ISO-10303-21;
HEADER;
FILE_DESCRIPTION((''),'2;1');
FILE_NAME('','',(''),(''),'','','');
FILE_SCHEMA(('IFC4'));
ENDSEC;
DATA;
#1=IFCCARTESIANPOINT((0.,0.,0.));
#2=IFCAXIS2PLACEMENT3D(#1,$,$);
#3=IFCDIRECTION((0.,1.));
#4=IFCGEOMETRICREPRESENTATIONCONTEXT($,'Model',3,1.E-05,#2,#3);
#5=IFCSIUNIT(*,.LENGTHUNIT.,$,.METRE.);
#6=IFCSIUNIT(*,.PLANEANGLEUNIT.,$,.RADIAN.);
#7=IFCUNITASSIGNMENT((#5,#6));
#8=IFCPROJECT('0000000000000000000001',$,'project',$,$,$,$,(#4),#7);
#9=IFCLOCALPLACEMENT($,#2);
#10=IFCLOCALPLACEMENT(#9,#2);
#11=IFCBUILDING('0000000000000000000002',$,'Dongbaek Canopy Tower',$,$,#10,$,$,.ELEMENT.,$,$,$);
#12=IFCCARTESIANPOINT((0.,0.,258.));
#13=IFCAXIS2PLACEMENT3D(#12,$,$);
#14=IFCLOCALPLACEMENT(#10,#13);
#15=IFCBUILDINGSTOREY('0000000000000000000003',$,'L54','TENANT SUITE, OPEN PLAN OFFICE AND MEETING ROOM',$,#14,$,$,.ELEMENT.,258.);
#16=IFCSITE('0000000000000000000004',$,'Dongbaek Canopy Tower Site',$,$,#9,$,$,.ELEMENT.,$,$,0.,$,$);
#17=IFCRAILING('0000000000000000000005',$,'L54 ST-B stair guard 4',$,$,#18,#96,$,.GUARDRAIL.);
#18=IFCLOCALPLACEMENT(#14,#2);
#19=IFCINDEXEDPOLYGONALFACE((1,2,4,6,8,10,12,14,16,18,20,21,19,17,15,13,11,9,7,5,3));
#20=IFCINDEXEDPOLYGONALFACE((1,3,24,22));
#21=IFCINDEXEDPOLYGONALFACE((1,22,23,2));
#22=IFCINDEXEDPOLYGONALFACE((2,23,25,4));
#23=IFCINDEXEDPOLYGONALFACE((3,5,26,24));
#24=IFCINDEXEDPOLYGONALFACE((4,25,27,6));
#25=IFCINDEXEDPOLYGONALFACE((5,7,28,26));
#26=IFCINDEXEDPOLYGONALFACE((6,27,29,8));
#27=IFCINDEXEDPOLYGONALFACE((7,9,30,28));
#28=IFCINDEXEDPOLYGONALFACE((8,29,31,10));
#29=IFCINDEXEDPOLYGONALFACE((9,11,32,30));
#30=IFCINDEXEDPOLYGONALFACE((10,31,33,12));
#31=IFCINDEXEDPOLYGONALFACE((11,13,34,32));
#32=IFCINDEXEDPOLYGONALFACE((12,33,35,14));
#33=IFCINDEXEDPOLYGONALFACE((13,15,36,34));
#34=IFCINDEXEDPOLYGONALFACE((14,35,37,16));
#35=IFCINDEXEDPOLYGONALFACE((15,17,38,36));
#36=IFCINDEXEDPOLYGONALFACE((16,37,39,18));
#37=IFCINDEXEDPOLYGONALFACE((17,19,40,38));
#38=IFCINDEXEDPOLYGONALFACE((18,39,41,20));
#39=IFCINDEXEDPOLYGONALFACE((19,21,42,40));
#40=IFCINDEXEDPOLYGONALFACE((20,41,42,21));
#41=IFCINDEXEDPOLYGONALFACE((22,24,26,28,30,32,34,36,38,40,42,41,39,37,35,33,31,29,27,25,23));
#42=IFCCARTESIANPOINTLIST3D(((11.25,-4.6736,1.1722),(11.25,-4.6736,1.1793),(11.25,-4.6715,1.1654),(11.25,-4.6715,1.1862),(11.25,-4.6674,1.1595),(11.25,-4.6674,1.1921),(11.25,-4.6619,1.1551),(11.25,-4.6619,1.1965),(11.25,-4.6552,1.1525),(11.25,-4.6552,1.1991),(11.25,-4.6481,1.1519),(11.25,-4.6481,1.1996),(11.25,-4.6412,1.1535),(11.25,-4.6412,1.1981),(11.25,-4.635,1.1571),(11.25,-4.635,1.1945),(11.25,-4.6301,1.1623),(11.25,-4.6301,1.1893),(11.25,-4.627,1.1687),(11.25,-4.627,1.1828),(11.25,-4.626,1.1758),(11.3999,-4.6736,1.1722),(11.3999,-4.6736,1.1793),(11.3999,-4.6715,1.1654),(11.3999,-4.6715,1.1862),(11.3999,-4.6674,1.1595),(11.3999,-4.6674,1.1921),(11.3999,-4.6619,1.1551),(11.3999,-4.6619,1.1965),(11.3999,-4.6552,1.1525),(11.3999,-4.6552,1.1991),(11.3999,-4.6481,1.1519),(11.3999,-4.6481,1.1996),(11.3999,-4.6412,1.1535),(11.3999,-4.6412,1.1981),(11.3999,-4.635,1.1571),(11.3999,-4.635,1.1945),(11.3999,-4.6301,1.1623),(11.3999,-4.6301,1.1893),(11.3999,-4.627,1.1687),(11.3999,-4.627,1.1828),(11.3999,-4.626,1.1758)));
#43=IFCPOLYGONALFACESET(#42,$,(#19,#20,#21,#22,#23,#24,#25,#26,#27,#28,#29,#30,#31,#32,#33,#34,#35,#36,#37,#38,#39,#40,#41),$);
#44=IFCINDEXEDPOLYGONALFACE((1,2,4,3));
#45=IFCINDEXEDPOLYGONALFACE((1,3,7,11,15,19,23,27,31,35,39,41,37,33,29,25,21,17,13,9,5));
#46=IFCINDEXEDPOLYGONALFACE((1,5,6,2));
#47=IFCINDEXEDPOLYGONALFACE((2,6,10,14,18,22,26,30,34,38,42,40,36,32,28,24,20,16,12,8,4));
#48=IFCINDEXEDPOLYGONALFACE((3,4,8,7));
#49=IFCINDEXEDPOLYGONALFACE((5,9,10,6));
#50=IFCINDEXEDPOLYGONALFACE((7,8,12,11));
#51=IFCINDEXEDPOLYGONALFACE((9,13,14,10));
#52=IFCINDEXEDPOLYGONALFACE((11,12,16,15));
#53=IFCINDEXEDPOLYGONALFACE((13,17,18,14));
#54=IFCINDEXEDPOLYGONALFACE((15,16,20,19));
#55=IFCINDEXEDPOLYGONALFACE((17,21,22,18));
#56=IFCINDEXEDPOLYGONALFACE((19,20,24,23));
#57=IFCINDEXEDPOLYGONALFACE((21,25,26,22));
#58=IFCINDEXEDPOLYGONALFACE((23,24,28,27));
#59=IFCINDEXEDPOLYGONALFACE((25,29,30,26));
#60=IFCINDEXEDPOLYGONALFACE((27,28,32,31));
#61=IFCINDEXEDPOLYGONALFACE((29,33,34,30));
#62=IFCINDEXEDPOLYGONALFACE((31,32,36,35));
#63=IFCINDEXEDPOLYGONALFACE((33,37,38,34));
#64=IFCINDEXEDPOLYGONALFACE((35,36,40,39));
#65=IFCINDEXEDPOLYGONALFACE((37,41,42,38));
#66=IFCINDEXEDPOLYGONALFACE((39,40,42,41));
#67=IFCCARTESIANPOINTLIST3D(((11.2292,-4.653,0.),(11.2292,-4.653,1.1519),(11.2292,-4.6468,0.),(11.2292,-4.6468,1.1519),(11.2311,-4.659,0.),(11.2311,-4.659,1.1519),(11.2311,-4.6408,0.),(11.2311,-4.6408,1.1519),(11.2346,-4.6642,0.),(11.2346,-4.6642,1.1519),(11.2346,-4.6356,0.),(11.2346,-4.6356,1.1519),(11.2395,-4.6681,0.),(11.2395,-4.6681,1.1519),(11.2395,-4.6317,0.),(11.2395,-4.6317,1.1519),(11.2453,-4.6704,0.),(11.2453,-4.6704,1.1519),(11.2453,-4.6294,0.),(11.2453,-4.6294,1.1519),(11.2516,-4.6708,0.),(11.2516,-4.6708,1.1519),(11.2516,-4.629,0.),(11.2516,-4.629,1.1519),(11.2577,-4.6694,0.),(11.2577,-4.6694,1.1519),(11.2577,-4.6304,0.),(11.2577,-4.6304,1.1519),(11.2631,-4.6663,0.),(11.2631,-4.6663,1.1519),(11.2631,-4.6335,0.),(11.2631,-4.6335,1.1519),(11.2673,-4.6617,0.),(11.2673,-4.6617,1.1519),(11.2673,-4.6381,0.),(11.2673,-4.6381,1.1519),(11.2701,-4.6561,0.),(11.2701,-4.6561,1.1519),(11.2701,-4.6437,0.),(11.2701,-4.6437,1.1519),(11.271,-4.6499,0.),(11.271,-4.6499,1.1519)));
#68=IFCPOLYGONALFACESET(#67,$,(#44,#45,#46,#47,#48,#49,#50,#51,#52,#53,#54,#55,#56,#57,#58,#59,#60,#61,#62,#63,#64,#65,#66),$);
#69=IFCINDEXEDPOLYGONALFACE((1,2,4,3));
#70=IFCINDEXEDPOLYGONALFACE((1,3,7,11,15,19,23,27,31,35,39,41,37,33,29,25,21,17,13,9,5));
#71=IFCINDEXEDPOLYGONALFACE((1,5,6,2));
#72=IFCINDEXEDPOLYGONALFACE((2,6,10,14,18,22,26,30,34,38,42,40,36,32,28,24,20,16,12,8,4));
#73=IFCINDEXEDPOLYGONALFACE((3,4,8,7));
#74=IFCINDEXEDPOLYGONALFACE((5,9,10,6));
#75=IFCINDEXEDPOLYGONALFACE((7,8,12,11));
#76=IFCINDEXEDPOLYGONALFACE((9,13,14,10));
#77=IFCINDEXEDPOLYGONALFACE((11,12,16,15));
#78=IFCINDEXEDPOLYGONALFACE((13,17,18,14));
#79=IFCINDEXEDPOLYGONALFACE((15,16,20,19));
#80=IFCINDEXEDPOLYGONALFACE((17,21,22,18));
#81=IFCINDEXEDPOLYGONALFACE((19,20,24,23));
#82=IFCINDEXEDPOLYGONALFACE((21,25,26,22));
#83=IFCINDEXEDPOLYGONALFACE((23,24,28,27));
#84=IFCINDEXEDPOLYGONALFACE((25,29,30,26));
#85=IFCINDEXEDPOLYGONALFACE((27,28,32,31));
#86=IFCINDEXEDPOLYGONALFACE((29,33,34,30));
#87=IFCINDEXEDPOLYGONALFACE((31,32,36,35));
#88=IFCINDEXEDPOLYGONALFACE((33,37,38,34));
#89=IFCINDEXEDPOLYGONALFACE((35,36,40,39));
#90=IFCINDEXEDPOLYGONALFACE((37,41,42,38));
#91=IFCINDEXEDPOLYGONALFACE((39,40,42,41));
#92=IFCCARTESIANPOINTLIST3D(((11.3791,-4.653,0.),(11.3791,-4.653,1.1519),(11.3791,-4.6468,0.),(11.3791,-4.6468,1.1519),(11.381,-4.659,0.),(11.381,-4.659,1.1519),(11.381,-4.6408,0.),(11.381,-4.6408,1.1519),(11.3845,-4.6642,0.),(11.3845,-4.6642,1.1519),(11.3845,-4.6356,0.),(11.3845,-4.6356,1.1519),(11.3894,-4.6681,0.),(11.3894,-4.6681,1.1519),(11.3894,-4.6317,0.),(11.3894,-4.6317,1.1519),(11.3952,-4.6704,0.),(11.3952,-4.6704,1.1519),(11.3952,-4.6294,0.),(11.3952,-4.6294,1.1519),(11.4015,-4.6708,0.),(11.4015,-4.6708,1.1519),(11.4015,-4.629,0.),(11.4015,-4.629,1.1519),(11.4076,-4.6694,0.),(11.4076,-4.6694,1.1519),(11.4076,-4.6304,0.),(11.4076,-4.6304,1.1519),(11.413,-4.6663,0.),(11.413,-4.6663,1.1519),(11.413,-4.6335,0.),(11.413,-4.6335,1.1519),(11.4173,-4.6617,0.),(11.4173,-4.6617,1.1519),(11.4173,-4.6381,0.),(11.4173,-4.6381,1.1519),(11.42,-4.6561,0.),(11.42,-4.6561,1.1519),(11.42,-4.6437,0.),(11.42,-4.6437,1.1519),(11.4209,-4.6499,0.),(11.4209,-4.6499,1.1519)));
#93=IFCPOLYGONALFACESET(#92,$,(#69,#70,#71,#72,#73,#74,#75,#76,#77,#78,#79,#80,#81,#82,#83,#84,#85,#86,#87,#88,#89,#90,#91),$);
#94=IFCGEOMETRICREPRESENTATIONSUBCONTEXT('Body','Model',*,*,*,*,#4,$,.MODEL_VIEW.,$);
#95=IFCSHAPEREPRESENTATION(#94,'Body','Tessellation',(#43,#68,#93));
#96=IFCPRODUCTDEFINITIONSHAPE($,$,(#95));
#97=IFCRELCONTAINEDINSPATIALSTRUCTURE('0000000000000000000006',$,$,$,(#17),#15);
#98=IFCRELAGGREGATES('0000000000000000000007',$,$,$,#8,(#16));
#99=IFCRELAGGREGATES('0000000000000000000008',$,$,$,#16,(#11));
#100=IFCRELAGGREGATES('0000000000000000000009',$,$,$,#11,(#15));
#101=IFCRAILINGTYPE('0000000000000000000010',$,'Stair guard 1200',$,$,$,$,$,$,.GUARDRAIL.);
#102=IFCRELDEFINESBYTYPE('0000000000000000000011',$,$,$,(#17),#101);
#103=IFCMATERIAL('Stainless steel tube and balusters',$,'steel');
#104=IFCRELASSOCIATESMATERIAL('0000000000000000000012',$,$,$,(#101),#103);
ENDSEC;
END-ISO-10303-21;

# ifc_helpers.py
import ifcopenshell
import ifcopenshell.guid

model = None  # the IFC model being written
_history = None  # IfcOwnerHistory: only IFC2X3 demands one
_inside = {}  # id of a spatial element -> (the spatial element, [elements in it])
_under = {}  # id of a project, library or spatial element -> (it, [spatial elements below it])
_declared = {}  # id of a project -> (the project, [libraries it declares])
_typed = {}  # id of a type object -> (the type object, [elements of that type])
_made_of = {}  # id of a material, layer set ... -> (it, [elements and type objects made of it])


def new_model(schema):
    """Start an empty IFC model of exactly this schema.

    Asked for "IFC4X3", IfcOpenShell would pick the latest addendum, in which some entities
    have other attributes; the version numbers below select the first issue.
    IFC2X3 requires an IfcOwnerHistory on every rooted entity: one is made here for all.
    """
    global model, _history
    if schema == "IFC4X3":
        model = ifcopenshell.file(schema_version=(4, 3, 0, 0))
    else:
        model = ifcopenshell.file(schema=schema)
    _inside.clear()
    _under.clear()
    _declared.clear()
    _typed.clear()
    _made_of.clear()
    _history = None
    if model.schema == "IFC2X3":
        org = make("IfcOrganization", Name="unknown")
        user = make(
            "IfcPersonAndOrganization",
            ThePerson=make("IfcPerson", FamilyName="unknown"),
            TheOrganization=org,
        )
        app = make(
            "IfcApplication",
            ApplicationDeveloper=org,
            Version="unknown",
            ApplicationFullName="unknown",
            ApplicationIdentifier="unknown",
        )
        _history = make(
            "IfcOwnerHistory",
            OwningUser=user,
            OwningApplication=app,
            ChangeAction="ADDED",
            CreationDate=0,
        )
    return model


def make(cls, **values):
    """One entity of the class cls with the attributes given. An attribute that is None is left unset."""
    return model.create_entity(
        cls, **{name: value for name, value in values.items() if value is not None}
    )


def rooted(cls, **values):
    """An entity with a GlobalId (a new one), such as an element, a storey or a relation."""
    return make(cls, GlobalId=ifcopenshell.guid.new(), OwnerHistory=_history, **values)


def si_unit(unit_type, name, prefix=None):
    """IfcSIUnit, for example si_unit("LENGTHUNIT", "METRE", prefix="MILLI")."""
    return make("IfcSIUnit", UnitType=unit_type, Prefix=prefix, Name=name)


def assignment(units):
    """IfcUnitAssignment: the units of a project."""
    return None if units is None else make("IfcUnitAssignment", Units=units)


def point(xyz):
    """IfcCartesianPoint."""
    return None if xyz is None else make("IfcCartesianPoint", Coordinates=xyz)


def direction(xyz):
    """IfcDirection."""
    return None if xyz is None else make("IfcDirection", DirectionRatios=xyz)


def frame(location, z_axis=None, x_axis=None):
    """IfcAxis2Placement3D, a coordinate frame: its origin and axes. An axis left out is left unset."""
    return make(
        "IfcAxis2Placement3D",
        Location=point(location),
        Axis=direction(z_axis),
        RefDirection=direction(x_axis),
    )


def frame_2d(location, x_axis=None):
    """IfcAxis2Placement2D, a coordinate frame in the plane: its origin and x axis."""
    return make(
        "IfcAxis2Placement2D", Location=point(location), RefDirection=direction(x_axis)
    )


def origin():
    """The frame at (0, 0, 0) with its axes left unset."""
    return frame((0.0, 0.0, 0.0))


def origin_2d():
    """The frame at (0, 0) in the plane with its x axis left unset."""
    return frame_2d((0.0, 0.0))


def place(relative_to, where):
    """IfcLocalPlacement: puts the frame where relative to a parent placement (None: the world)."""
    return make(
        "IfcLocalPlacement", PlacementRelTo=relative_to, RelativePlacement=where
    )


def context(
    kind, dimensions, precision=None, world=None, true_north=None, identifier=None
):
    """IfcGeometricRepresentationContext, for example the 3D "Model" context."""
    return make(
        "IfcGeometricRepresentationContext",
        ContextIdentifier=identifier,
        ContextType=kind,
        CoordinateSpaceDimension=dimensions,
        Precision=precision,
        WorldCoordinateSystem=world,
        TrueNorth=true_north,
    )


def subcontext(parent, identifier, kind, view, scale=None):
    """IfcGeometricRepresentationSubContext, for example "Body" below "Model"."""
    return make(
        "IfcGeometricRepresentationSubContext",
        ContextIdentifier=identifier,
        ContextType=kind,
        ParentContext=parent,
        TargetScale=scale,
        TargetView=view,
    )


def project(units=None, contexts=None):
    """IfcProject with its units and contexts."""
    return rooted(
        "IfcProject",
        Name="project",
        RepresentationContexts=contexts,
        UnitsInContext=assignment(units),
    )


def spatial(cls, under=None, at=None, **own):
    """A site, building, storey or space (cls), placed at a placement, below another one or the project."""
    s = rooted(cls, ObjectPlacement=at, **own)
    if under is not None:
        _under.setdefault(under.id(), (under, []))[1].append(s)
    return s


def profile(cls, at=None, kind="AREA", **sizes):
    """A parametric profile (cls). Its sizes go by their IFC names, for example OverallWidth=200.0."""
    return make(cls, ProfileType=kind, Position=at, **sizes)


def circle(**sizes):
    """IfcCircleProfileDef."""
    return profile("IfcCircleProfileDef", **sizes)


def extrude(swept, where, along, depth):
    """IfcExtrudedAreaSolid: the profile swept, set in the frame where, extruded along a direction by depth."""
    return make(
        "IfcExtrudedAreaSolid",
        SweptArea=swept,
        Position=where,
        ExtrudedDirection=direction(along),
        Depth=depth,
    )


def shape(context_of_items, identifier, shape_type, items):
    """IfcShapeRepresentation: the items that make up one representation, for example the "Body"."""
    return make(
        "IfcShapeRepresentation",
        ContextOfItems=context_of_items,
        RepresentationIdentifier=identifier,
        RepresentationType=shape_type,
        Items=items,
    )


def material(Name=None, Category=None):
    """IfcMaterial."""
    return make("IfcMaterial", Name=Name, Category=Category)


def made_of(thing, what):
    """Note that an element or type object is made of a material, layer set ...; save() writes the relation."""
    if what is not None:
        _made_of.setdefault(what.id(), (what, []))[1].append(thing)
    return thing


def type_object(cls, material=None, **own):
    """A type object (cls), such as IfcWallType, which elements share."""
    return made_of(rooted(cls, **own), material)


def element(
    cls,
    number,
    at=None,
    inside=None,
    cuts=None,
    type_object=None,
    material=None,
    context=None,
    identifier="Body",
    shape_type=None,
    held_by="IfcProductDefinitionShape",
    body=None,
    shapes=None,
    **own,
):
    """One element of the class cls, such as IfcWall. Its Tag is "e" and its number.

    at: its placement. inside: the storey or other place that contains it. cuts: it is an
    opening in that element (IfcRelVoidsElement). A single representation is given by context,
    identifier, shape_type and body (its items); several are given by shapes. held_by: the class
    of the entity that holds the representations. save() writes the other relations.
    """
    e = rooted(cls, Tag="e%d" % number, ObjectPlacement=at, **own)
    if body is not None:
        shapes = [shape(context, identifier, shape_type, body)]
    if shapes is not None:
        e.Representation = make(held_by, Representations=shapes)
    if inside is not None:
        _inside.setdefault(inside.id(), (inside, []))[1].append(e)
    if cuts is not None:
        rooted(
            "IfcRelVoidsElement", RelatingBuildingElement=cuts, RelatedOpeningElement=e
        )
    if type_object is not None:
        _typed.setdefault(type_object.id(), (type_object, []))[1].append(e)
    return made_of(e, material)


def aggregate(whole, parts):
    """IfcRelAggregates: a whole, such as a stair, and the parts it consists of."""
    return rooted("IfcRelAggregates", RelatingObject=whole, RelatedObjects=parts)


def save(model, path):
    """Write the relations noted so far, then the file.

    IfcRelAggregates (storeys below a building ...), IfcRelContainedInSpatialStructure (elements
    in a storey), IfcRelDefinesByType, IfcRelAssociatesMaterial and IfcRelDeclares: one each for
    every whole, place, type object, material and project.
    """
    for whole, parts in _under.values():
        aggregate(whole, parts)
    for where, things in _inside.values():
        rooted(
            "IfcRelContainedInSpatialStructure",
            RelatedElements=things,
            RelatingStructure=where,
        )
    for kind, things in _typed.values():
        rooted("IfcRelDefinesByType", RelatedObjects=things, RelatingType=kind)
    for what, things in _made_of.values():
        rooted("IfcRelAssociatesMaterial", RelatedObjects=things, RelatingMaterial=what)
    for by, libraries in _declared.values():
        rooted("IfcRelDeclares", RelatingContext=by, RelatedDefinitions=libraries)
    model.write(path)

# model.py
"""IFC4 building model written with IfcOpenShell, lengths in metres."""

from ifc_helpers import new_model, si_unit, direction, frame, origin, origin_2d, place, context, subcontext, project, spatial, circle, extrude, material, type_object, element, save


model = new_model("IFC4")

# Units and contexts
model_context = context("Model", 3, precision=1e-05, world=origin(), true_north=direction((0.0, 1.0)))
body_context = subcontext(model_context, "Body", "Model", "MODEL_VIEW")
ifc_project = project(units=[si_unit("LENGTHUNIT", "METRE"), si_unit("PLANEANGLEUNIT", "RADIAN")], contexts=[model_context])

# Site, building, storey
site_placement = place(None, origin())
site = spatial("IfcSite", under=ifc_project, at=site_placement, Name="Dongbaek Canopy Tower Site", CompositionType="ELEMENT", RefElevation=0.0)
building_placement = place(site_placement, origin())
building = spatial("IfcBuilding", under=site, at=building_placement, Name="Dongbaek Canopy Tower", CompositionType="ELEMENT")
storey_placement = place(building_placement, frame((0.0, 0.0, 258.0)))
storey = spatial("IfcBuildingStorey", under=building, at=storey_placement, Name="L54", Description="TENANT SUITE, OPEN PLAN OFFICE AND MEETING ROOM", CompositionType="ELEMENT", Elevation=258.0)

# Railing
ifc_material_1 = material(Name="Stainless steel tube and balusters", Category="steel")
railing_type_1 = type_object("IfcRailingType", Name="Stair guard 1200", PredefinedType="GUARDRAIL", material=ifc_material_1)
railing_1_placement = place(storey_placement, frame((11.25, -4.6499, 0.0)))
element("IfcRailing", 1, at=railing_1_placement, inside=storey, type_object=railing_type_1, Name="L54 ST-B stair guard 4", PredefinedType="GUARDRAIL", context=body_context, shape_type="SweptSolid", body=[
    extrude(circle(Radius=0.0239, at=origin_2d()), frame((0.0, 0.0, 1.1758), z_axis=(1.0, 0.0, 0.0), x_axis=(0.0, 1.0, 0.0)), (0.0, 0.0, 1.0), 0.1499),
    extrude(circle(Radius=0.021, at=origin_2d()), origin(), (0.0, 0.0, 1.0), 1.1519),
    extrude(circle(Radius=0.021, at=origin_2d()), frame((0.1499, 0.0, 0.0)), (0.0, 0.0, 1.0), 1.1519),
])

save(model, "model.ifc")
